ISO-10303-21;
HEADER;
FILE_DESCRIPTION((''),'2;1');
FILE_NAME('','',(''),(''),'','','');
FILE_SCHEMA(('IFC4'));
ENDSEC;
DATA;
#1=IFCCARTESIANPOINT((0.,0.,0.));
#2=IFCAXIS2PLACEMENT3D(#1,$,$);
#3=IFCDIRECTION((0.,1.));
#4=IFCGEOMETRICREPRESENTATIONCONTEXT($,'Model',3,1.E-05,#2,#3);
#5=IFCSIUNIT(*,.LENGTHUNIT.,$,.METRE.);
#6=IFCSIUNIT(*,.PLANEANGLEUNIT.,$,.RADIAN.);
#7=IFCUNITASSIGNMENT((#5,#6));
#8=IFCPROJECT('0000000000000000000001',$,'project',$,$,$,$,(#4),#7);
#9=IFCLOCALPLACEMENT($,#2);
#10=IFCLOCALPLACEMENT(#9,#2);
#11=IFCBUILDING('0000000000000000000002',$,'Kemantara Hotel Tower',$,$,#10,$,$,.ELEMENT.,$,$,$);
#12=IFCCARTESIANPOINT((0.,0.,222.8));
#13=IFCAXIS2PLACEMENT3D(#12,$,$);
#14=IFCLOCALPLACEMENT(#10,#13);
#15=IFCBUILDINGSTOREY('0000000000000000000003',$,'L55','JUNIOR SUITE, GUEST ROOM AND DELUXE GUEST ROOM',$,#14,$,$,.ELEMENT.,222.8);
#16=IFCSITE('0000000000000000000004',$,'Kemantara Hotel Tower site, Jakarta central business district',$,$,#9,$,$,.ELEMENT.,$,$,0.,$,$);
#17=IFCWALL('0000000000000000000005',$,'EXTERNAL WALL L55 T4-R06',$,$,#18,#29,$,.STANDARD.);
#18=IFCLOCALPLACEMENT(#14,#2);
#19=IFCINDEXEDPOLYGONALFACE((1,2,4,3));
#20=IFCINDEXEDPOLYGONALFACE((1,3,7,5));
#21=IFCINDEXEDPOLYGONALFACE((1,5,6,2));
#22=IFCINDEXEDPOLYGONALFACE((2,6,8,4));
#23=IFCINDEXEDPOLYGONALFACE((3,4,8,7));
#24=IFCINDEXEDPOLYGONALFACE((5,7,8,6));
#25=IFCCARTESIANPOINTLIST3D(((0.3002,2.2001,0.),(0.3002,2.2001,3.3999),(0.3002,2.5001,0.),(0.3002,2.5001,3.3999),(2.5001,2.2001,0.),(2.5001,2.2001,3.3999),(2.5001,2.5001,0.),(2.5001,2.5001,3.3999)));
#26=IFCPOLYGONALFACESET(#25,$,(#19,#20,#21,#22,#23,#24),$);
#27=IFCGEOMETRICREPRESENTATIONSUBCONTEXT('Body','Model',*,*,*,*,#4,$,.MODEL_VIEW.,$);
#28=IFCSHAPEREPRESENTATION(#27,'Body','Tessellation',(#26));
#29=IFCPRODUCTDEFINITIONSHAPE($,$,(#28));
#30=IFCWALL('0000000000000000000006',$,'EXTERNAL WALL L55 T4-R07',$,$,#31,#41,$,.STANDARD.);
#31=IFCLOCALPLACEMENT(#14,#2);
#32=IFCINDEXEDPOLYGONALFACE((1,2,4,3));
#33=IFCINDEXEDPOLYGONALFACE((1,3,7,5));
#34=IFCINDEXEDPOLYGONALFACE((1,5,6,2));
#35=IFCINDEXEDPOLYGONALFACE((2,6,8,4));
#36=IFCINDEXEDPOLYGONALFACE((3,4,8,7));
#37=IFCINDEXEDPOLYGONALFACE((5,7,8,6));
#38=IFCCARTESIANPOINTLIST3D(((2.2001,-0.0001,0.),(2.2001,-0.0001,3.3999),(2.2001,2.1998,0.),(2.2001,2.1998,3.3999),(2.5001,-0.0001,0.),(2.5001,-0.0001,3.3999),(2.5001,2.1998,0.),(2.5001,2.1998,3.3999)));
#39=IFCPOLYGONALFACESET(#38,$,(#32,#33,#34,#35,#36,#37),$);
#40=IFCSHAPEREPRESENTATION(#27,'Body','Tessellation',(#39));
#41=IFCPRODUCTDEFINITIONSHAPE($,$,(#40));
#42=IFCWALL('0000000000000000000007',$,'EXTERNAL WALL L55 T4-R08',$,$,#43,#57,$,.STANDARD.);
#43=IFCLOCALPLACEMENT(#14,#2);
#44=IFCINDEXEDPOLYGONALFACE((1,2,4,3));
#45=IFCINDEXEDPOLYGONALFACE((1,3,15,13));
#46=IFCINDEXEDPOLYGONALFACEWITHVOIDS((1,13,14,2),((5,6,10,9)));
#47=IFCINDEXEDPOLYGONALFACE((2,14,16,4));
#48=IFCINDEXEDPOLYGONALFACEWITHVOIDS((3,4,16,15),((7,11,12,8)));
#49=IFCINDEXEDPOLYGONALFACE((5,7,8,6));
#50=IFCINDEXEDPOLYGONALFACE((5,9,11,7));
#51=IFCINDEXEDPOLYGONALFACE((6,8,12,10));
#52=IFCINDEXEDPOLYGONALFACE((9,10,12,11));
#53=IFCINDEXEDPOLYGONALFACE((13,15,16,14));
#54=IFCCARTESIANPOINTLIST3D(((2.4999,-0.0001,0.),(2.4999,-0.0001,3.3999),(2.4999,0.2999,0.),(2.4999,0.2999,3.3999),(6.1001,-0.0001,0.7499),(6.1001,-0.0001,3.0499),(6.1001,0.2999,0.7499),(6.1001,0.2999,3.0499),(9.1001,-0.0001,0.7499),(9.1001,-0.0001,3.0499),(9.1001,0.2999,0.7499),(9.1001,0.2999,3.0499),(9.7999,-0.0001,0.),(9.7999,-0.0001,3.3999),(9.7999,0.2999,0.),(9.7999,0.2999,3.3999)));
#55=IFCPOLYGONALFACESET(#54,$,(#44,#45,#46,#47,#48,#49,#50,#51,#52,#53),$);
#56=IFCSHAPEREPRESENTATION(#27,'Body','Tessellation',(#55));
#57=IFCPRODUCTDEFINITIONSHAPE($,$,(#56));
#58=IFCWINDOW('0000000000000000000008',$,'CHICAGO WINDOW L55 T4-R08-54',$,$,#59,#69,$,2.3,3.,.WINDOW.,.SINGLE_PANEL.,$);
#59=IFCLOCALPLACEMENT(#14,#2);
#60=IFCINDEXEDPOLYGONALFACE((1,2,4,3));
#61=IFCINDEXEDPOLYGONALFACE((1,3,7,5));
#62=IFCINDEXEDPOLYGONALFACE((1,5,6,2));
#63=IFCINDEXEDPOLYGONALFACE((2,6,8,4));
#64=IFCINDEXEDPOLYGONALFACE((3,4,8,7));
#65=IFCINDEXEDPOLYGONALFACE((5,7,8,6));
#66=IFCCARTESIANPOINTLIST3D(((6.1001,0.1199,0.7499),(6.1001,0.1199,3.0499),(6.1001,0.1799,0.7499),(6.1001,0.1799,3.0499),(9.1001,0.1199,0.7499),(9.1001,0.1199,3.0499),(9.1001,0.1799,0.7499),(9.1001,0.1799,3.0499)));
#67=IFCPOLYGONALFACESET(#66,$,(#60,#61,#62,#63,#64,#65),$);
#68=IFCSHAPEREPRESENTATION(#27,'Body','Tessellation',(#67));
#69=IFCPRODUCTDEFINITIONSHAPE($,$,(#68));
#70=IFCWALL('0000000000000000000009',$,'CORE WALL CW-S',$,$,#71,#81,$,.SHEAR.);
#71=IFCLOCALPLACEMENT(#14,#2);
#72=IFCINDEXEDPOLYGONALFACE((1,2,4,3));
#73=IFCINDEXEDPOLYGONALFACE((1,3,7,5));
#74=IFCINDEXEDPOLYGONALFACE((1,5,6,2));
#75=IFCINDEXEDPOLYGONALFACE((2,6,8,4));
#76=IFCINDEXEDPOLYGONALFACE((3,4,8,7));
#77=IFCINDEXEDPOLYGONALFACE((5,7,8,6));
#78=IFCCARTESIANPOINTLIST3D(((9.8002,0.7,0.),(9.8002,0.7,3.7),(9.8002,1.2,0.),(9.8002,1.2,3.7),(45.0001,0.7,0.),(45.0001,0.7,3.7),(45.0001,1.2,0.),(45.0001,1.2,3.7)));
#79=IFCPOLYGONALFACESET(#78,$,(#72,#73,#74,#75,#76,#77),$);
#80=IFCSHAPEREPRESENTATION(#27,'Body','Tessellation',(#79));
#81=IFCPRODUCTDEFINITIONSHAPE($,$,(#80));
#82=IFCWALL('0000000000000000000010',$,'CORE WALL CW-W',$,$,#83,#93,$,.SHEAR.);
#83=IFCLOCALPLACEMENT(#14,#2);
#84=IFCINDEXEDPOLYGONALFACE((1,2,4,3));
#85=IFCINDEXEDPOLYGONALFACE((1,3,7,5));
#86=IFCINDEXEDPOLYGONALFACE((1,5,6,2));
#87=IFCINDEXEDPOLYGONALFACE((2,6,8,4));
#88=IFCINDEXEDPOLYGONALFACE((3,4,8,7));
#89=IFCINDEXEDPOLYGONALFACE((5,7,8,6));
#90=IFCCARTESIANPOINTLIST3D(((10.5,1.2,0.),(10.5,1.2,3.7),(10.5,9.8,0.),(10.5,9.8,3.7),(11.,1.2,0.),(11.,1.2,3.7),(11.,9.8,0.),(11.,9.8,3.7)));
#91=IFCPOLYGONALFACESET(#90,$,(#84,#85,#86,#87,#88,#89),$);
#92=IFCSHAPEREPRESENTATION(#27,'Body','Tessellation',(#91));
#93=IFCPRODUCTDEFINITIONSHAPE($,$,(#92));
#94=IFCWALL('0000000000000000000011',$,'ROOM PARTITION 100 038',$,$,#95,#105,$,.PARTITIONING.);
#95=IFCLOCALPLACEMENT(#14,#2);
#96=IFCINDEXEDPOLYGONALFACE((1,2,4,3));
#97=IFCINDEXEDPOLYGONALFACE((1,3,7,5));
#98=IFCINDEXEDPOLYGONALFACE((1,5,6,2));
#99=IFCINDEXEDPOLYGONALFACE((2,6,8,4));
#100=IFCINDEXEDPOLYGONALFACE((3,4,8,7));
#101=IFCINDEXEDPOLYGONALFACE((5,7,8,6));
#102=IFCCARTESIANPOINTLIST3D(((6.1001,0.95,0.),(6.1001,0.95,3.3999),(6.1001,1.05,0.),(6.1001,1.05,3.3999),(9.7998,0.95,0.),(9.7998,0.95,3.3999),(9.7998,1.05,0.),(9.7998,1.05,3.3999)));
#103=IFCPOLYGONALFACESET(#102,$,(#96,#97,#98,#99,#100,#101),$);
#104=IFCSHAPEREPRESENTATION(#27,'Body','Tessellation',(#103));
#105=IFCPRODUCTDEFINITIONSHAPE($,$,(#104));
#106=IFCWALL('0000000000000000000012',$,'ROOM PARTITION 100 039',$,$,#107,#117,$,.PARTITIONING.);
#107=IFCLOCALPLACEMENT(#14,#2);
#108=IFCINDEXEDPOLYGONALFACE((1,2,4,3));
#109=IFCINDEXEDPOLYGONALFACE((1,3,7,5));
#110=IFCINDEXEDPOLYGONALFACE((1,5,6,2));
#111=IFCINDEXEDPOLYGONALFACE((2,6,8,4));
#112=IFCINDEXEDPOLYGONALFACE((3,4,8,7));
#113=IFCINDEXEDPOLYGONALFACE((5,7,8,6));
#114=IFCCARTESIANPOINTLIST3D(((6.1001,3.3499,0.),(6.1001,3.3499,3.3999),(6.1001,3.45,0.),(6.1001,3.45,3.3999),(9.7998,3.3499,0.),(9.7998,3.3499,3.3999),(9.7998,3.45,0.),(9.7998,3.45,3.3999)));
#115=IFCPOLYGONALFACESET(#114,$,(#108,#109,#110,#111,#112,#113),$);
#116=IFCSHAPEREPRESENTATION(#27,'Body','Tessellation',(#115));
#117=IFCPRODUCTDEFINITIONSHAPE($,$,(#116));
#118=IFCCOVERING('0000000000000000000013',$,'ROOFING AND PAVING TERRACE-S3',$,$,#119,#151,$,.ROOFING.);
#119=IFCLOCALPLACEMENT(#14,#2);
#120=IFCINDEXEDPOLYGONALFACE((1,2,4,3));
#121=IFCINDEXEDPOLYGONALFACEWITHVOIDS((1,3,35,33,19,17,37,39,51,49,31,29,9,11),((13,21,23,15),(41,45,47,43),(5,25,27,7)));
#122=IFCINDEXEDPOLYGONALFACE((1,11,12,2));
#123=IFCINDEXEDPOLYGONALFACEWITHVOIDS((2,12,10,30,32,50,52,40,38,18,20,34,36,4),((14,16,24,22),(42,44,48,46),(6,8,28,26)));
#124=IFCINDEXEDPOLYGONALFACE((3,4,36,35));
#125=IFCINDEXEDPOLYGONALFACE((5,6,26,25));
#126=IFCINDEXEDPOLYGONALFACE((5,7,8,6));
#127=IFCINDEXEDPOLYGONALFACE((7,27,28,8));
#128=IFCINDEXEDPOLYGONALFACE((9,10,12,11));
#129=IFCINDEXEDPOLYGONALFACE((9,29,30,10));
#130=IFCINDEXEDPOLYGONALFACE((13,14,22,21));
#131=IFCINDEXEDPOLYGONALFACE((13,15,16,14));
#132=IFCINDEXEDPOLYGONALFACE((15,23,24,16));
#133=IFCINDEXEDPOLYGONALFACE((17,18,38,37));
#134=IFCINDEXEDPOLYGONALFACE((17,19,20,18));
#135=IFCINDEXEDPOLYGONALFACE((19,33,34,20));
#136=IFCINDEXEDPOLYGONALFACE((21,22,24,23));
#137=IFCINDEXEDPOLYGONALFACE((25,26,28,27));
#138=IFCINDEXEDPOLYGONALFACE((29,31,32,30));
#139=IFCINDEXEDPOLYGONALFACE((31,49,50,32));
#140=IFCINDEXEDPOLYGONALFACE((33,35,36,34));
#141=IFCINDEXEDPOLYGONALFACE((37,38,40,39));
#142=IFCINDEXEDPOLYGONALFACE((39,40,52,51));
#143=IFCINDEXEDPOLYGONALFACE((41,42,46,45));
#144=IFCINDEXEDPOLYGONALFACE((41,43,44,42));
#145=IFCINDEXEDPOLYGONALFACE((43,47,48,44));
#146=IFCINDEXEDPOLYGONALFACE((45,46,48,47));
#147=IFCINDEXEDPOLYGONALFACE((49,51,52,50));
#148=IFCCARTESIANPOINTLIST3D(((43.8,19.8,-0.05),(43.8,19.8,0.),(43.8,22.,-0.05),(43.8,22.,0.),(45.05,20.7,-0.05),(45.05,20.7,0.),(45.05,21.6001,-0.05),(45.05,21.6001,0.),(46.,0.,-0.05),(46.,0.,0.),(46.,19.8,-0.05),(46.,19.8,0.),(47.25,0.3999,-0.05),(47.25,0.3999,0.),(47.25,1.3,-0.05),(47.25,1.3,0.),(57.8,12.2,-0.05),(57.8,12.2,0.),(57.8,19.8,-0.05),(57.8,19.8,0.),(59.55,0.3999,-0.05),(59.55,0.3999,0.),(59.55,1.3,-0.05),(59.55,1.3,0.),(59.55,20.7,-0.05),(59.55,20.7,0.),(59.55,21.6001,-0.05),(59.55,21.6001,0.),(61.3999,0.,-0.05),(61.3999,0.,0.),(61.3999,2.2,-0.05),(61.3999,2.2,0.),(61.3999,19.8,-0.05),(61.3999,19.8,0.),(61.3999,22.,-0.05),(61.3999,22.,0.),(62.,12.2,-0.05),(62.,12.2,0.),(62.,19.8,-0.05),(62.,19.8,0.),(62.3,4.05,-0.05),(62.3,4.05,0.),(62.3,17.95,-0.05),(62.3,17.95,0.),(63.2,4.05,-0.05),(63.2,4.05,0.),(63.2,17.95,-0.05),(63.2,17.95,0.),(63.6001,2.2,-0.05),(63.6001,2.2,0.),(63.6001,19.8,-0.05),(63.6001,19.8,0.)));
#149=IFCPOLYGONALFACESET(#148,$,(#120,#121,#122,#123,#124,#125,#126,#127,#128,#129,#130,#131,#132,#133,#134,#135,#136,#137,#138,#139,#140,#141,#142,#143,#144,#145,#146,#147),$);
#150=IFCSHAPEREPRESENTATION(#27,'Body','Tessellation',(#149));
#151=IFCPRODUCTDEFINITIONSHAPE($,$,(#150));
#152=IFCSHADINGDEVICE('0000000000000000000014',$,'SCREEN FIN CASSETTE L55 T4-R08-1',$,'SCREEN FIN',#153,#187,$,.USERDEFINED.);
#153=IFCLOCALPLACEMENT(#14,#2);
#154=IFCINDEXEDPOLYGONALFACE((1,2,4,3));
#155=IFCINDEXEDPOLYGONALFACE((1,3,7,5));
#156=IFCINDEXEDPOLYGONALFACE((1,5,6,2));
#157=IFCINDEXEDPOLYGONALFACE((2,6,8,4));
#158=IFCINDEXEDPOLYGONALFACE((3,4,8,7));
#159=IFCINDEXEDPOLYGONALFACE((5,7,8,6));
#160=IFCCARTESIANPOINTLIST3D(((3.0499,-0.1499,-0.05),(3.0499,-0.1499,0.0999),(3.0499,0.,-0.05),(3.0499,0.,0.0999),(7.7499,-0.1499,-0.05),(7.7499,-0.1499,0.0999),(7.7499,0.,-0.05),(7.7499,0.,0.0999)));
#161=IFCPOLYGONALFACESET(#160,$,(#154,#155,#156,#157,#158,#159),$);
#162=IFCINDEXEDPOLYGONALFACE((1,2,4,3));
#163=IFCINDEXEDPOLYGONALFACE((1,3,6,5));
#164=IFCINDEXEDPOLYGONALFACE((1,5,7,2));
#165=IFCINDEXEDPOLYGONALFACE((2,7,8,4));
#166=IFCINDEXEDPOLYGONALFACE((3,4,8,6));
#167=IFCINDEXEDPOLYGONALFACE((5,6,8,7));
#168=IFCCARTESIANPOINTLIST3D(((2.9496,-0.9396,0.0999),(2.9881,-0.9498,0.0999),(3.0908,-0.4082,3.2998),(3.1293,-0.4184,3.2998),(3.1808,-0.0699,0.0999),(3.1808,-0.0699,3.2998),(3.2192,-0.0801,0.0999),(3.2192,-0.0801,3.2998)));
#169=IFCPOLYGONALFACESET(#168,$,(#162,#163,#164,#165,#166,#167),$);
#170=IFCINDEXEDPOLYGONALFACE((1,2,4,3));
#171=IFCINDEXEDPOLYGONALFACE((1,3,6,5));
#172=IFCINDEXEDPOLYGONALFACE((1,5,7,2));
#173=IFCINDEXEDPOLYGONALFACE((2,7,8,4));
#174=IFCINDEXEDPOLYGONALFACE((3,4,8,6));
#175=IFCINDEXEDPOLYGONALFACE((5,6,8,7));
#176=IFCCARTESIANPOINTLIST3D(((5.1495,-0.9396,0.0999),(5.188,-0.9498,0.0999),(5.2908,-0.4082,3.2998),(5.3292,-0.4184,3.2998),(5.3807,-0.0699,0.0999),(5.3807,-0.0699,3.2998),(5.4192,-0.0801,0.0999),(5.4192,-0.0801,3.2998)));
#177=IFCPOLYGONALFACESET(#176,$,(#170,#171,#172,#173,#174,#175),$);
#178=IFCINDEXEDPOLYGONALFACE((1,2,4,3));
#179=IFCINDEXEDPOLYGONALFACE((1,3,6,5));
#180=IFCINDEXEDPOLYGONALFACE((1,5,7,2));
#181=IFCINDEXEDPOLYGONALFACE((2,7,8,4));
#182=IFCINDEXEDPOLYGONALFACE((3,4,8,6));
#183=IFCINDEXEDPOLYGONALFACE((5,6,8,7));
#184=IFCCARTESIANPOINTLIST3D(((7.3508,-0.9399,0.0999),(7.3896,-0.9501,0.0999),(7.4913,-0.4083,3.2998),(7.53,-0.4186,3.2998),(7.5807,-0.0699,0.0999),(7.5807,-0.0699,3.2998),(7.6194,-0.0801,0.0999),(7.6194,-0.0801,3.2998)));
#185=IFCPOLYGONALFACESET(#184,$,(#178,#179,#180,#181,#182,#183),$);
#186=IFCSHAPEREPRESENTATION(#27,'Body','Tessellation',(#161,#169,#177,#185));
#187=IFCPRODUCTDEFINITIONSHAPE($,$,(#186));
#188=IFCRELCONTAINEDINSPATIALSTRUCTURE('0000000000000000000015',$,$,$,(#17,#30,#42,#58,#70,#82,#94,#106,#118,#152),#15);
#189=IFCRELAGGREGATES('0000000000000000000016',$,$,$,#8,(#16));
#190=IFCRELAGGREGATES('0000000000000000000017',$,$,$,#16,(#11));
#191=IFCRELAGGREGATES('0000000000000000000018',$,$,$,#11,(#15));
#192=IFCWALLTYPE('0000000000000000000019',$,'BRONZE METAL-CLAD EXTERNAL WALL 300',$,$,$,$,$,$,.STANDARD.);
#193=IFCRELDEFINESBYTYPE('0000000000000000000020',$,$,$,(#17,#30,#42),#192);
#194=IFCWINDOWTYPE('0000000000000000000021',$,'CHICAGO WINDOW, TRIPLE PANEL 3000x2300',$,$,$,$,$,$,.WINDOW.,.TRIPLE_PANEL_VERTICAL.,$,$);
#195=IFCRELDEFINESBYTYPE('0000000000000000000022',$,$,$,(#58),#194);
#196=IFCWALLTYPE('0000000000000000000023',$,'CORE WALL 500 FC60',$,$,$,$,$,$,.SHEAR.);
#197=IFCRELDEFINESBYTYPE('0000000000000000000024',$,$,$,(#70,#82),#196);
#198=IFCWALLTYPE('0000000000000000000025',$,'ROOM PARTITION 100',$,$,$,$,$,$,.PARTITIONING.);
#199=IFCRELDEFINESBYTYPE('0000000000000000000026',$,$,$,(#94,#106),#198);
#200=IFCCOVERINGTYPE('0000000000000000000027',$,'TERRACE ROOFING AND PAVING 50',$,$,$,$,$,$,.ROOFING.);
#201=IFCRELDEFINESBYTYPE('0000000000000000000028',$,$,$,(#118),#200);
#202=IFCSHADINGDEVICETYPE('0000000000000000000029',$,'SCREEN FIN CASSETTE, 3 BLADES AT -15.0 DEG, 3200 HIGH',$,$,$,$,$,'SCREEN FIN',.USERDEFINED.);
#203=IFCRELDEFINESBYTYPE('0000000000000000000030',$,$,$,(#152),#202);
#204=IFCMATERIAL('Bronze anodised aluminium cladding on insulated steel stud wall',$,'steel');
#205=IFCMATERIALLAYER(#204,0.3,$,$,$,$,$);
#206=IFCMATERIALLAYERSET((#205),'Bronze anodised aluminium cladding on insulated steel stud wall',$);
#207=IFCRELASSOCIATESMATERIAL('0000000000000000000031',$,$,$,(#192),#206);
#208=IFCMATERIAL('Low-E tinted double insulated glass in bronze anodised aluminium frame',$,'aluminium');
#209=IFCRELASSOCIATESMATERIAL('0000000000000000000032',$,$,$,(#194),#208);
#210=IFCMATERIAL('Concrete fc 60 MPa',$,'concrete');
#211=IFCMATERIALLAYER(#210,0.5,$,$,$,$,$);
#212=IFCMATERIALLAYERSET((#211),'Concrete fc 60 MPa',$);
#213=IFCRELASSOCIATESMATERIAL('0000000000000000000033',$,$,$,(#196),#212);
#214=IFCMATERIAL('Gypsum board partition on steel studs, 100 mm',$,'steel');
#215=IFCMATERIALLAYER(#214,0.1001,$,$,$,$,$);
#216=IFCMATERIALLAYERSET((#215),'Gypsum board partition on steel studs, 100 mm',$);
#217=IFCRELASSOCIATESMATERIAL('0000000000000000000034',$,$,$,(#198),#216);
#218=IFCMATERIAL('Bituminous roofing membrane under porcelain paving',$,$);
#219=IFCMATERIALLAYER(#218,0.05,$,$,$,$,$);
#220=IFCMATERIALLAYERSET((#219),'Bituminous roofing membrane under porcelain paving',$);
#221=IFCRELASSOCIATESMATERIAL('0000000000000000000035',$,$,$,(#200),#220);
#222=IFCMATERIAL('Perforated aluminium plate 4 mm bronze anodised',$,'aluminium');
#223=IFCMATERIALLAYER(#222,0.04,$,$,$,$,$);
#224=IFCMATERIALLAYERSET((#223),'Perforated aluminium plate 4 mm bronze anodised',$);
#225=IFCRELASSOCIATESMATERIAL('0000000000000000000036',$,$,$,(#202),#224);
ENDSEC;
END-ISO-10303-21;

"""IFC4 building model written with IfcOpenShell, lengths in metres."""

from ifc_helpers import new_model, si_unit, direction, frame, frame_2d, origin, origin_2d, place, context, subcontext, project, spatial, polyline, rectangle, outline, extrude, source, transform, mapped, material, layer, layer_set, type_object, element, fill, save


model = new_model("IFC4")

# Units and contexts
model_context = context("Model", 3, precision=1e-05, world=origin(), true_north=direction((0.0, 1.0)))
body_context = subcontext(model_context, "Body", "Model", "MODEL_VIEW")
ifc_project = project(units=[si_unit("LENGTHUNIT", "METRE"), si_unit("PLANEANGLEUNIT", "RADIAN")], contexts=[model_context])

# Site, building, storey
site_placement = place(None, origin())
site = spatial("IfcSite", under=ifc_project, at=site_placement, Name="Kemantara Hotel Tower site, Jakarta central business district", CompositionType="ELEMENT", RefElevation=0.0)
building_placement = place(site_placement, origin())
building = spatial("IfcBuilding", under=site, at=building_placement, Name="Kemantara Hotel Tower", CompositionType="ELEMENT")
storey_placement = place(building_placement, frame((0.0, 0.0, 222.8)))
storey = spatial("IfcBuildingStorey", under=building, at=storey_placement, Name="L55", Description="JUNIOR SUITE, GUEST ROOM AND DELUXE GUEST ROOM", CompositionType="ELEMENT", Elevation=222.8)

# Shared definitions
ifc_material_1 = material(Name="Concrete fc 60 MPa", Category="concrete")

# Walls
ifc_material_2 = material(Name="Bronze anodised aluminium cladding on insulated steel stud wall", Category="steel")
ifc_layer_1 = layer(ifc_material_2, 0.3)
ifc_layer_set_1 = layer_set([ifc_layer_1], Name="Bronze anodised aluminium cladding on insulated steel stud wall")
wall_type_1 = type_object("IfcWallType", Name="BRONZE METAL-CLAD EXTERNAL WALL 300", PredefinedType="STANDARD", material=ifc_layer_set_1)
for number, where, z_axis, x_axis, name in (
    (1, (0.3, 2.3501, 0.0), (0.0, 0.0, 1.0), (1.0, 0.0, 0.0), "EXTERNAL WALL L55 T4-R06"),
    (2, (2.3501, 2.2, 0.0), (0.0, 0.0, 1.0), (0.0, -1.0, 0.0), "EXTERNAL WALL L55 T4-R07"),
):
    element("IfcWall", number, at=place(storey_placement, frame(where, z_axis=z_axis, x_axis=x_axis)), inside=storey, type_object=wall_type_1, Name=name, PredefinedType="STANDARD", context=body_context, shape_type="SweptSolid", body=[
        extrude(rectangle(XDim=2.2, YDim=0.3, at=frame_2d((1.1001, 0.0))), origin(), (0.0, 0.0, 1.0), 3.3999),
    ])

# Wall, opening, window
wall_1_placement = place(storey_placement, frame((2.5, 0.1499, 0.0), z_axis=(0.0, 0.0, 1.0), x_axis=(1.0, 0.0, 0.0)))
wall_1 = element("IfcWall", 3, at=wall_1_placement, inside=storey, type_object=wall_type_1, Name="EXTERNAL WALL L55 T4-R08", PredefinedType="STANDARD", context=body_context, shape_type="SweptSolid", body=[
    extrude(rectangle(XDim=7.3, YDim=0.3, at=frame_2d((3.6499, 0.0))), origin(), (0.0, 0.0, 1.0), 3.3999),
])
opening_placement = place(wall_1_placement, frame((3.6001, 0.0, 0.75)))
opening = element("IfcOpeningElement", 4, at=opening_placement, cuts=wall_1, PredefinedType="OPENING", context=body_context, shape_type="SweptSolid", body=[
    extrude(rectangle(XDim=3.0, YDim=2.3, at=frame_2d((1.5, 1.1499))), frame((0.0, 0.1599, 0.0), z_axis=(0.0, -1.0, 0.0), x_axis=(1.0, 0.0, 0.0)), (0.0, 0.0, 1.0), 0.3201),
])
ifc_material_3 = material(Name="Low-E tinted double insulated glass in bronze anodised aluminium frame", Category="aluminium")
window_type = type_object("IfcWindowType", Name="CHICAGO WINDOW, TRIPLE PANEL 3000x2300", PartitioningType="TRIPLE_PANEL_VERTICAL", PredefinedType="WINDOW", material=ifc_material_3)
window_placement = place(opening_placement, origin())
window = element("IfcWindow", 5, at=window_placement, inside=storey, type_object=window_type, Name="CHICAGO WINDOW L55 T4-R08-54", OverallHeight=2.3, OverallWidth=3.0, PartitioningType="SINGLE_PANEL", PredefinedType="WINDOW", context=body_context, shape_type="SweptSolid", body=[
    extrude(rectangle(XDim=3.0, YDim=2.3, at=frame_2d((1.5, 1.1499))), frame((0.0, 0.03, 0.0), z_axis=(0.0, -1.0, 0.0), x_axis=(1.0, 0.0, 0.0)), (0.0, 0.0, 1.0), 0.0601),
])
fill(opening, window)

# Walls
ifc_layer_2 = layer(ifc_material_1, 0.5)
ifc_layer_set_2 = layer_set([ifc_layer_2], Name="Concrete fc 60 MPa")
wall_type_2 = type_object("IfcWallType", Name="CORE WALL 500 FC60", PredefinedType="SHEAR", material=ifc_layer_set_2)
wall_2_placement = place(storey_placement, frame((9.8, 0.95, 0.0), z_axis=(0.0, 0.0, 1.0), x_axis=(1.0, 0.0, 0.0)))
element("IfcWall", 6, at=wall_2_placement, inside=storey, type_object=wall_type_2, Name="CORE WALL CW-S", PredefinedType="SHEAR", context=body_context, shape_type="SweptSolid", body=[
    extrude(rectangle(XDim=35.2, YDim=0.5, at=frame_2d((17.6001, 0.0))), origin(), (0.0, 0.0, 1.0), 3.7),
])
wall_3_placement = place(storey_placement, frame((10.75, 1.2, 0.0), z_axis=(0.0, 0.0, 1.0), x_axis=(0.0, 1.0, 0.0)))
element("IfcWall", 7, at=wall_3_placement, inside=storey, type_object=wall_type_2, Name="CORE WALL CW-W", PredefinedType="SHEAR", context=body_context, shape_type="SweptSolid", body=[
    extrude(rectangle(XDim=8.6001, YDim=0.5, at=frame_2d((4.3, 0.0))), origin(), (0.0, 0.0, 1.0), 3.7),
])
ifc_material_4 = material(Name="Gypsum board partition on steel studs, 100 mm", Category="steel")
ifc_layer_3 = layer(ifc_material_4, 0.1001)
ifc_layer_set_3 = layer_set([ifc_layer_3], Name="Gypsum board partition on steel studs, 100 mm")
wall_type_3 = type_object("IfcWallType", Name="ROOM PARTITION 100", PredefinedType="PARTITIONING", material=ifc_layer_set_3)
for number, where, z_axis, x_axis, name in (
    (8, (6.1001, 1.0, 0.0), (0.0, 0.0, 1.0), (1.0, 0.0, 0.0), "ROOM PARTITION 100 038"),
    (9, (6.1001, 3.3999, 0.0), (0.0, 0.0, 1.0), (1.0, 0.0, 0.0), "ROOM PARTITION 100 039"),
):
    element("IfcWall", number, at=place(storey_placement, frame(where, z_axis=z_axis, x_axis=x_axis)), inside=storey, type_object=wall_type_3, Name=name, PredefinedType="PARTITIONING", context=body_context, shape_type="SweptSolid", body=[
        extrude(rectangle(XDim=3.6997, YDim=0.1001, at=frame_2d((1.8499, 0.0))), origin(), (0.0, 0.0, 1.0), 3.3999),
    ])

# Covering
ifc_material_5 = material(Name="Bituminous roofing membrane under porcelain paving")
ifc_layer_4 = layer(ifc_material_5, 0.05)
ifc_layer_set_4 = layer_set([ifc_layer_4], Name="Bituminous roofing membrane under porcelain paving")
covering_type = type_object("IfcCoveringType", Name="TERRACE ROOFING AND PAVING 50", PredefinedType="ROOFING", material=ifc_layer_set_4)
covering_placement = place(storey_placement, frame((0.0, 0.0, -0.05)))
element("IfcCovering", 10, at=covering_placement, inside=storey, type_object=covering_type, Name="ROOFING AND PAVING TERRACE-S3", PredefinedType="ROOFING", context=body_context, shape_type="SweptSolid", body=[
    extrude(outline(polyline([(61.3999, 0.0), (46.0, 0.0), (46.0, 19.8), (43.8, 19.8), (43.8, 22.0), (61.3999, 22.0), (61.3999, 19.8), (57.8, 19.8), (57.8, 12.2), (62.0, 12.2), (62.0, 19.8), (63.6001, 19.8), (63.6001, 2.2), (61.3999, 2.2), (61.3999, 0.0)]), holes=[polyline([(59.55, 20.7), (59.55, 21.6001), (45.05, 21.6001), (45.05, 20.7), (59.55, 20.7)]), polyline([(62.3, 17.95), (62.3, 4.05), (63.2, 4.05), (63.2, 17.95), (62.3, 17.95)]), polyline([(59.55, 0.3999), (59.55, 1.3), (47.25, 1.3), (47.25, 0.3999), (59.55, 0.3999)])]), origin(), (0.0, 0.0, 1.0), 0.05),
])

# Shading device
ifc_material_6 = material(Name="Perforated aluminium plate 4 mm bronze anodised", Category="aluminium")
ifc_layer_5 = layer(ifc_material_6, 0.04)
ifc_layer_set_5 = layer_set([ifc_layer_5], Name="Perforated aluminium plate 4 mm bronze anodised")
shading_device_type_1 = type_object("IfcShadingDeviceType", Name="SCREEN FIN CASSETTE, 3 BLADES AT -15.0 DEG, 3200 HIGH", ElementType="SCREEN FIN", PredefinedType="USERDEFINED", material=ifc_layer_set_5)
shared_shape_1 = source(origin(), body_context, "Body", "SweptSolid", [
    extrude(rectangle(XDim=4.7, YDim=0.1499, at=origin_2d()), frame((2.2, -0.075, -0.1499), z_axis=(0.0, 0.0, 1.0), x_axis=(1.0, 0.0, 0.0)), (0.0, 0.0, 1.0), 0.1499),
    extrude(outline(polyline([(0.0, 0.0), (0.8999, 0.0), (0.3501, 3.2), (0.0, 3.2), (0.0, 0.0)])), frame((0.0193, -0.0801, 0.0), z_axis=(-0.966438, 0.256901, 0.0), x_axis=(-0.256901, -0.966438, 0.0)), (0.0, 0.0, 1.0), 0.0398),
    extrude(outline(polyline([(0.0, 0.0), (0.8999, 0.0), (0.3501, 3.2), (0.0, 3.2), (0.0, 0.0)])), frame((2.2192, -0.0801, 0.0), z_axis=(-0.966438, 0.256901, 0.0), x_axis=(-0.256901, -0.966438, 0.0)), (0.0, 0.0, 1.0), 0.0398),
    extrude(outline(polyline([(0.0, 0.0), (0.8999, 0.0), (0.3501, 3.2), (0.0, 3.2), (0.0, 0.0)])), frame((4.4194, -0.0801, 0.0), z_axis=(-0.966838, 0.255391, 0.0), x_axis=(-0.255391, -0.966838, 0.0)), (0.0, 0.0, 1.0), 0.04),
])
shading_device_1_placement = place(storey_placement, frame((3.2, 0.0, 0.0999), z_axis=(0.0, 0.0, 1.0), x_axis=(1.0, 0.0, 0.0)))
element("IfcShadingDevice", 11, at=shading_device_1_placement, inside=storey, type_object=shading_device_type_1, Name="SCREEN FIN CASSETTE L55 T4-R08-1", ObjectType="SCREEN FIN", PredefinedType="USERDEFINED", context=body_context, shape_type="MappedRepresentation", body=[
    mapped(shared_shape_1, transform((0.0, 0.0, 0.0))),
])

save(model, "model.ifc")
